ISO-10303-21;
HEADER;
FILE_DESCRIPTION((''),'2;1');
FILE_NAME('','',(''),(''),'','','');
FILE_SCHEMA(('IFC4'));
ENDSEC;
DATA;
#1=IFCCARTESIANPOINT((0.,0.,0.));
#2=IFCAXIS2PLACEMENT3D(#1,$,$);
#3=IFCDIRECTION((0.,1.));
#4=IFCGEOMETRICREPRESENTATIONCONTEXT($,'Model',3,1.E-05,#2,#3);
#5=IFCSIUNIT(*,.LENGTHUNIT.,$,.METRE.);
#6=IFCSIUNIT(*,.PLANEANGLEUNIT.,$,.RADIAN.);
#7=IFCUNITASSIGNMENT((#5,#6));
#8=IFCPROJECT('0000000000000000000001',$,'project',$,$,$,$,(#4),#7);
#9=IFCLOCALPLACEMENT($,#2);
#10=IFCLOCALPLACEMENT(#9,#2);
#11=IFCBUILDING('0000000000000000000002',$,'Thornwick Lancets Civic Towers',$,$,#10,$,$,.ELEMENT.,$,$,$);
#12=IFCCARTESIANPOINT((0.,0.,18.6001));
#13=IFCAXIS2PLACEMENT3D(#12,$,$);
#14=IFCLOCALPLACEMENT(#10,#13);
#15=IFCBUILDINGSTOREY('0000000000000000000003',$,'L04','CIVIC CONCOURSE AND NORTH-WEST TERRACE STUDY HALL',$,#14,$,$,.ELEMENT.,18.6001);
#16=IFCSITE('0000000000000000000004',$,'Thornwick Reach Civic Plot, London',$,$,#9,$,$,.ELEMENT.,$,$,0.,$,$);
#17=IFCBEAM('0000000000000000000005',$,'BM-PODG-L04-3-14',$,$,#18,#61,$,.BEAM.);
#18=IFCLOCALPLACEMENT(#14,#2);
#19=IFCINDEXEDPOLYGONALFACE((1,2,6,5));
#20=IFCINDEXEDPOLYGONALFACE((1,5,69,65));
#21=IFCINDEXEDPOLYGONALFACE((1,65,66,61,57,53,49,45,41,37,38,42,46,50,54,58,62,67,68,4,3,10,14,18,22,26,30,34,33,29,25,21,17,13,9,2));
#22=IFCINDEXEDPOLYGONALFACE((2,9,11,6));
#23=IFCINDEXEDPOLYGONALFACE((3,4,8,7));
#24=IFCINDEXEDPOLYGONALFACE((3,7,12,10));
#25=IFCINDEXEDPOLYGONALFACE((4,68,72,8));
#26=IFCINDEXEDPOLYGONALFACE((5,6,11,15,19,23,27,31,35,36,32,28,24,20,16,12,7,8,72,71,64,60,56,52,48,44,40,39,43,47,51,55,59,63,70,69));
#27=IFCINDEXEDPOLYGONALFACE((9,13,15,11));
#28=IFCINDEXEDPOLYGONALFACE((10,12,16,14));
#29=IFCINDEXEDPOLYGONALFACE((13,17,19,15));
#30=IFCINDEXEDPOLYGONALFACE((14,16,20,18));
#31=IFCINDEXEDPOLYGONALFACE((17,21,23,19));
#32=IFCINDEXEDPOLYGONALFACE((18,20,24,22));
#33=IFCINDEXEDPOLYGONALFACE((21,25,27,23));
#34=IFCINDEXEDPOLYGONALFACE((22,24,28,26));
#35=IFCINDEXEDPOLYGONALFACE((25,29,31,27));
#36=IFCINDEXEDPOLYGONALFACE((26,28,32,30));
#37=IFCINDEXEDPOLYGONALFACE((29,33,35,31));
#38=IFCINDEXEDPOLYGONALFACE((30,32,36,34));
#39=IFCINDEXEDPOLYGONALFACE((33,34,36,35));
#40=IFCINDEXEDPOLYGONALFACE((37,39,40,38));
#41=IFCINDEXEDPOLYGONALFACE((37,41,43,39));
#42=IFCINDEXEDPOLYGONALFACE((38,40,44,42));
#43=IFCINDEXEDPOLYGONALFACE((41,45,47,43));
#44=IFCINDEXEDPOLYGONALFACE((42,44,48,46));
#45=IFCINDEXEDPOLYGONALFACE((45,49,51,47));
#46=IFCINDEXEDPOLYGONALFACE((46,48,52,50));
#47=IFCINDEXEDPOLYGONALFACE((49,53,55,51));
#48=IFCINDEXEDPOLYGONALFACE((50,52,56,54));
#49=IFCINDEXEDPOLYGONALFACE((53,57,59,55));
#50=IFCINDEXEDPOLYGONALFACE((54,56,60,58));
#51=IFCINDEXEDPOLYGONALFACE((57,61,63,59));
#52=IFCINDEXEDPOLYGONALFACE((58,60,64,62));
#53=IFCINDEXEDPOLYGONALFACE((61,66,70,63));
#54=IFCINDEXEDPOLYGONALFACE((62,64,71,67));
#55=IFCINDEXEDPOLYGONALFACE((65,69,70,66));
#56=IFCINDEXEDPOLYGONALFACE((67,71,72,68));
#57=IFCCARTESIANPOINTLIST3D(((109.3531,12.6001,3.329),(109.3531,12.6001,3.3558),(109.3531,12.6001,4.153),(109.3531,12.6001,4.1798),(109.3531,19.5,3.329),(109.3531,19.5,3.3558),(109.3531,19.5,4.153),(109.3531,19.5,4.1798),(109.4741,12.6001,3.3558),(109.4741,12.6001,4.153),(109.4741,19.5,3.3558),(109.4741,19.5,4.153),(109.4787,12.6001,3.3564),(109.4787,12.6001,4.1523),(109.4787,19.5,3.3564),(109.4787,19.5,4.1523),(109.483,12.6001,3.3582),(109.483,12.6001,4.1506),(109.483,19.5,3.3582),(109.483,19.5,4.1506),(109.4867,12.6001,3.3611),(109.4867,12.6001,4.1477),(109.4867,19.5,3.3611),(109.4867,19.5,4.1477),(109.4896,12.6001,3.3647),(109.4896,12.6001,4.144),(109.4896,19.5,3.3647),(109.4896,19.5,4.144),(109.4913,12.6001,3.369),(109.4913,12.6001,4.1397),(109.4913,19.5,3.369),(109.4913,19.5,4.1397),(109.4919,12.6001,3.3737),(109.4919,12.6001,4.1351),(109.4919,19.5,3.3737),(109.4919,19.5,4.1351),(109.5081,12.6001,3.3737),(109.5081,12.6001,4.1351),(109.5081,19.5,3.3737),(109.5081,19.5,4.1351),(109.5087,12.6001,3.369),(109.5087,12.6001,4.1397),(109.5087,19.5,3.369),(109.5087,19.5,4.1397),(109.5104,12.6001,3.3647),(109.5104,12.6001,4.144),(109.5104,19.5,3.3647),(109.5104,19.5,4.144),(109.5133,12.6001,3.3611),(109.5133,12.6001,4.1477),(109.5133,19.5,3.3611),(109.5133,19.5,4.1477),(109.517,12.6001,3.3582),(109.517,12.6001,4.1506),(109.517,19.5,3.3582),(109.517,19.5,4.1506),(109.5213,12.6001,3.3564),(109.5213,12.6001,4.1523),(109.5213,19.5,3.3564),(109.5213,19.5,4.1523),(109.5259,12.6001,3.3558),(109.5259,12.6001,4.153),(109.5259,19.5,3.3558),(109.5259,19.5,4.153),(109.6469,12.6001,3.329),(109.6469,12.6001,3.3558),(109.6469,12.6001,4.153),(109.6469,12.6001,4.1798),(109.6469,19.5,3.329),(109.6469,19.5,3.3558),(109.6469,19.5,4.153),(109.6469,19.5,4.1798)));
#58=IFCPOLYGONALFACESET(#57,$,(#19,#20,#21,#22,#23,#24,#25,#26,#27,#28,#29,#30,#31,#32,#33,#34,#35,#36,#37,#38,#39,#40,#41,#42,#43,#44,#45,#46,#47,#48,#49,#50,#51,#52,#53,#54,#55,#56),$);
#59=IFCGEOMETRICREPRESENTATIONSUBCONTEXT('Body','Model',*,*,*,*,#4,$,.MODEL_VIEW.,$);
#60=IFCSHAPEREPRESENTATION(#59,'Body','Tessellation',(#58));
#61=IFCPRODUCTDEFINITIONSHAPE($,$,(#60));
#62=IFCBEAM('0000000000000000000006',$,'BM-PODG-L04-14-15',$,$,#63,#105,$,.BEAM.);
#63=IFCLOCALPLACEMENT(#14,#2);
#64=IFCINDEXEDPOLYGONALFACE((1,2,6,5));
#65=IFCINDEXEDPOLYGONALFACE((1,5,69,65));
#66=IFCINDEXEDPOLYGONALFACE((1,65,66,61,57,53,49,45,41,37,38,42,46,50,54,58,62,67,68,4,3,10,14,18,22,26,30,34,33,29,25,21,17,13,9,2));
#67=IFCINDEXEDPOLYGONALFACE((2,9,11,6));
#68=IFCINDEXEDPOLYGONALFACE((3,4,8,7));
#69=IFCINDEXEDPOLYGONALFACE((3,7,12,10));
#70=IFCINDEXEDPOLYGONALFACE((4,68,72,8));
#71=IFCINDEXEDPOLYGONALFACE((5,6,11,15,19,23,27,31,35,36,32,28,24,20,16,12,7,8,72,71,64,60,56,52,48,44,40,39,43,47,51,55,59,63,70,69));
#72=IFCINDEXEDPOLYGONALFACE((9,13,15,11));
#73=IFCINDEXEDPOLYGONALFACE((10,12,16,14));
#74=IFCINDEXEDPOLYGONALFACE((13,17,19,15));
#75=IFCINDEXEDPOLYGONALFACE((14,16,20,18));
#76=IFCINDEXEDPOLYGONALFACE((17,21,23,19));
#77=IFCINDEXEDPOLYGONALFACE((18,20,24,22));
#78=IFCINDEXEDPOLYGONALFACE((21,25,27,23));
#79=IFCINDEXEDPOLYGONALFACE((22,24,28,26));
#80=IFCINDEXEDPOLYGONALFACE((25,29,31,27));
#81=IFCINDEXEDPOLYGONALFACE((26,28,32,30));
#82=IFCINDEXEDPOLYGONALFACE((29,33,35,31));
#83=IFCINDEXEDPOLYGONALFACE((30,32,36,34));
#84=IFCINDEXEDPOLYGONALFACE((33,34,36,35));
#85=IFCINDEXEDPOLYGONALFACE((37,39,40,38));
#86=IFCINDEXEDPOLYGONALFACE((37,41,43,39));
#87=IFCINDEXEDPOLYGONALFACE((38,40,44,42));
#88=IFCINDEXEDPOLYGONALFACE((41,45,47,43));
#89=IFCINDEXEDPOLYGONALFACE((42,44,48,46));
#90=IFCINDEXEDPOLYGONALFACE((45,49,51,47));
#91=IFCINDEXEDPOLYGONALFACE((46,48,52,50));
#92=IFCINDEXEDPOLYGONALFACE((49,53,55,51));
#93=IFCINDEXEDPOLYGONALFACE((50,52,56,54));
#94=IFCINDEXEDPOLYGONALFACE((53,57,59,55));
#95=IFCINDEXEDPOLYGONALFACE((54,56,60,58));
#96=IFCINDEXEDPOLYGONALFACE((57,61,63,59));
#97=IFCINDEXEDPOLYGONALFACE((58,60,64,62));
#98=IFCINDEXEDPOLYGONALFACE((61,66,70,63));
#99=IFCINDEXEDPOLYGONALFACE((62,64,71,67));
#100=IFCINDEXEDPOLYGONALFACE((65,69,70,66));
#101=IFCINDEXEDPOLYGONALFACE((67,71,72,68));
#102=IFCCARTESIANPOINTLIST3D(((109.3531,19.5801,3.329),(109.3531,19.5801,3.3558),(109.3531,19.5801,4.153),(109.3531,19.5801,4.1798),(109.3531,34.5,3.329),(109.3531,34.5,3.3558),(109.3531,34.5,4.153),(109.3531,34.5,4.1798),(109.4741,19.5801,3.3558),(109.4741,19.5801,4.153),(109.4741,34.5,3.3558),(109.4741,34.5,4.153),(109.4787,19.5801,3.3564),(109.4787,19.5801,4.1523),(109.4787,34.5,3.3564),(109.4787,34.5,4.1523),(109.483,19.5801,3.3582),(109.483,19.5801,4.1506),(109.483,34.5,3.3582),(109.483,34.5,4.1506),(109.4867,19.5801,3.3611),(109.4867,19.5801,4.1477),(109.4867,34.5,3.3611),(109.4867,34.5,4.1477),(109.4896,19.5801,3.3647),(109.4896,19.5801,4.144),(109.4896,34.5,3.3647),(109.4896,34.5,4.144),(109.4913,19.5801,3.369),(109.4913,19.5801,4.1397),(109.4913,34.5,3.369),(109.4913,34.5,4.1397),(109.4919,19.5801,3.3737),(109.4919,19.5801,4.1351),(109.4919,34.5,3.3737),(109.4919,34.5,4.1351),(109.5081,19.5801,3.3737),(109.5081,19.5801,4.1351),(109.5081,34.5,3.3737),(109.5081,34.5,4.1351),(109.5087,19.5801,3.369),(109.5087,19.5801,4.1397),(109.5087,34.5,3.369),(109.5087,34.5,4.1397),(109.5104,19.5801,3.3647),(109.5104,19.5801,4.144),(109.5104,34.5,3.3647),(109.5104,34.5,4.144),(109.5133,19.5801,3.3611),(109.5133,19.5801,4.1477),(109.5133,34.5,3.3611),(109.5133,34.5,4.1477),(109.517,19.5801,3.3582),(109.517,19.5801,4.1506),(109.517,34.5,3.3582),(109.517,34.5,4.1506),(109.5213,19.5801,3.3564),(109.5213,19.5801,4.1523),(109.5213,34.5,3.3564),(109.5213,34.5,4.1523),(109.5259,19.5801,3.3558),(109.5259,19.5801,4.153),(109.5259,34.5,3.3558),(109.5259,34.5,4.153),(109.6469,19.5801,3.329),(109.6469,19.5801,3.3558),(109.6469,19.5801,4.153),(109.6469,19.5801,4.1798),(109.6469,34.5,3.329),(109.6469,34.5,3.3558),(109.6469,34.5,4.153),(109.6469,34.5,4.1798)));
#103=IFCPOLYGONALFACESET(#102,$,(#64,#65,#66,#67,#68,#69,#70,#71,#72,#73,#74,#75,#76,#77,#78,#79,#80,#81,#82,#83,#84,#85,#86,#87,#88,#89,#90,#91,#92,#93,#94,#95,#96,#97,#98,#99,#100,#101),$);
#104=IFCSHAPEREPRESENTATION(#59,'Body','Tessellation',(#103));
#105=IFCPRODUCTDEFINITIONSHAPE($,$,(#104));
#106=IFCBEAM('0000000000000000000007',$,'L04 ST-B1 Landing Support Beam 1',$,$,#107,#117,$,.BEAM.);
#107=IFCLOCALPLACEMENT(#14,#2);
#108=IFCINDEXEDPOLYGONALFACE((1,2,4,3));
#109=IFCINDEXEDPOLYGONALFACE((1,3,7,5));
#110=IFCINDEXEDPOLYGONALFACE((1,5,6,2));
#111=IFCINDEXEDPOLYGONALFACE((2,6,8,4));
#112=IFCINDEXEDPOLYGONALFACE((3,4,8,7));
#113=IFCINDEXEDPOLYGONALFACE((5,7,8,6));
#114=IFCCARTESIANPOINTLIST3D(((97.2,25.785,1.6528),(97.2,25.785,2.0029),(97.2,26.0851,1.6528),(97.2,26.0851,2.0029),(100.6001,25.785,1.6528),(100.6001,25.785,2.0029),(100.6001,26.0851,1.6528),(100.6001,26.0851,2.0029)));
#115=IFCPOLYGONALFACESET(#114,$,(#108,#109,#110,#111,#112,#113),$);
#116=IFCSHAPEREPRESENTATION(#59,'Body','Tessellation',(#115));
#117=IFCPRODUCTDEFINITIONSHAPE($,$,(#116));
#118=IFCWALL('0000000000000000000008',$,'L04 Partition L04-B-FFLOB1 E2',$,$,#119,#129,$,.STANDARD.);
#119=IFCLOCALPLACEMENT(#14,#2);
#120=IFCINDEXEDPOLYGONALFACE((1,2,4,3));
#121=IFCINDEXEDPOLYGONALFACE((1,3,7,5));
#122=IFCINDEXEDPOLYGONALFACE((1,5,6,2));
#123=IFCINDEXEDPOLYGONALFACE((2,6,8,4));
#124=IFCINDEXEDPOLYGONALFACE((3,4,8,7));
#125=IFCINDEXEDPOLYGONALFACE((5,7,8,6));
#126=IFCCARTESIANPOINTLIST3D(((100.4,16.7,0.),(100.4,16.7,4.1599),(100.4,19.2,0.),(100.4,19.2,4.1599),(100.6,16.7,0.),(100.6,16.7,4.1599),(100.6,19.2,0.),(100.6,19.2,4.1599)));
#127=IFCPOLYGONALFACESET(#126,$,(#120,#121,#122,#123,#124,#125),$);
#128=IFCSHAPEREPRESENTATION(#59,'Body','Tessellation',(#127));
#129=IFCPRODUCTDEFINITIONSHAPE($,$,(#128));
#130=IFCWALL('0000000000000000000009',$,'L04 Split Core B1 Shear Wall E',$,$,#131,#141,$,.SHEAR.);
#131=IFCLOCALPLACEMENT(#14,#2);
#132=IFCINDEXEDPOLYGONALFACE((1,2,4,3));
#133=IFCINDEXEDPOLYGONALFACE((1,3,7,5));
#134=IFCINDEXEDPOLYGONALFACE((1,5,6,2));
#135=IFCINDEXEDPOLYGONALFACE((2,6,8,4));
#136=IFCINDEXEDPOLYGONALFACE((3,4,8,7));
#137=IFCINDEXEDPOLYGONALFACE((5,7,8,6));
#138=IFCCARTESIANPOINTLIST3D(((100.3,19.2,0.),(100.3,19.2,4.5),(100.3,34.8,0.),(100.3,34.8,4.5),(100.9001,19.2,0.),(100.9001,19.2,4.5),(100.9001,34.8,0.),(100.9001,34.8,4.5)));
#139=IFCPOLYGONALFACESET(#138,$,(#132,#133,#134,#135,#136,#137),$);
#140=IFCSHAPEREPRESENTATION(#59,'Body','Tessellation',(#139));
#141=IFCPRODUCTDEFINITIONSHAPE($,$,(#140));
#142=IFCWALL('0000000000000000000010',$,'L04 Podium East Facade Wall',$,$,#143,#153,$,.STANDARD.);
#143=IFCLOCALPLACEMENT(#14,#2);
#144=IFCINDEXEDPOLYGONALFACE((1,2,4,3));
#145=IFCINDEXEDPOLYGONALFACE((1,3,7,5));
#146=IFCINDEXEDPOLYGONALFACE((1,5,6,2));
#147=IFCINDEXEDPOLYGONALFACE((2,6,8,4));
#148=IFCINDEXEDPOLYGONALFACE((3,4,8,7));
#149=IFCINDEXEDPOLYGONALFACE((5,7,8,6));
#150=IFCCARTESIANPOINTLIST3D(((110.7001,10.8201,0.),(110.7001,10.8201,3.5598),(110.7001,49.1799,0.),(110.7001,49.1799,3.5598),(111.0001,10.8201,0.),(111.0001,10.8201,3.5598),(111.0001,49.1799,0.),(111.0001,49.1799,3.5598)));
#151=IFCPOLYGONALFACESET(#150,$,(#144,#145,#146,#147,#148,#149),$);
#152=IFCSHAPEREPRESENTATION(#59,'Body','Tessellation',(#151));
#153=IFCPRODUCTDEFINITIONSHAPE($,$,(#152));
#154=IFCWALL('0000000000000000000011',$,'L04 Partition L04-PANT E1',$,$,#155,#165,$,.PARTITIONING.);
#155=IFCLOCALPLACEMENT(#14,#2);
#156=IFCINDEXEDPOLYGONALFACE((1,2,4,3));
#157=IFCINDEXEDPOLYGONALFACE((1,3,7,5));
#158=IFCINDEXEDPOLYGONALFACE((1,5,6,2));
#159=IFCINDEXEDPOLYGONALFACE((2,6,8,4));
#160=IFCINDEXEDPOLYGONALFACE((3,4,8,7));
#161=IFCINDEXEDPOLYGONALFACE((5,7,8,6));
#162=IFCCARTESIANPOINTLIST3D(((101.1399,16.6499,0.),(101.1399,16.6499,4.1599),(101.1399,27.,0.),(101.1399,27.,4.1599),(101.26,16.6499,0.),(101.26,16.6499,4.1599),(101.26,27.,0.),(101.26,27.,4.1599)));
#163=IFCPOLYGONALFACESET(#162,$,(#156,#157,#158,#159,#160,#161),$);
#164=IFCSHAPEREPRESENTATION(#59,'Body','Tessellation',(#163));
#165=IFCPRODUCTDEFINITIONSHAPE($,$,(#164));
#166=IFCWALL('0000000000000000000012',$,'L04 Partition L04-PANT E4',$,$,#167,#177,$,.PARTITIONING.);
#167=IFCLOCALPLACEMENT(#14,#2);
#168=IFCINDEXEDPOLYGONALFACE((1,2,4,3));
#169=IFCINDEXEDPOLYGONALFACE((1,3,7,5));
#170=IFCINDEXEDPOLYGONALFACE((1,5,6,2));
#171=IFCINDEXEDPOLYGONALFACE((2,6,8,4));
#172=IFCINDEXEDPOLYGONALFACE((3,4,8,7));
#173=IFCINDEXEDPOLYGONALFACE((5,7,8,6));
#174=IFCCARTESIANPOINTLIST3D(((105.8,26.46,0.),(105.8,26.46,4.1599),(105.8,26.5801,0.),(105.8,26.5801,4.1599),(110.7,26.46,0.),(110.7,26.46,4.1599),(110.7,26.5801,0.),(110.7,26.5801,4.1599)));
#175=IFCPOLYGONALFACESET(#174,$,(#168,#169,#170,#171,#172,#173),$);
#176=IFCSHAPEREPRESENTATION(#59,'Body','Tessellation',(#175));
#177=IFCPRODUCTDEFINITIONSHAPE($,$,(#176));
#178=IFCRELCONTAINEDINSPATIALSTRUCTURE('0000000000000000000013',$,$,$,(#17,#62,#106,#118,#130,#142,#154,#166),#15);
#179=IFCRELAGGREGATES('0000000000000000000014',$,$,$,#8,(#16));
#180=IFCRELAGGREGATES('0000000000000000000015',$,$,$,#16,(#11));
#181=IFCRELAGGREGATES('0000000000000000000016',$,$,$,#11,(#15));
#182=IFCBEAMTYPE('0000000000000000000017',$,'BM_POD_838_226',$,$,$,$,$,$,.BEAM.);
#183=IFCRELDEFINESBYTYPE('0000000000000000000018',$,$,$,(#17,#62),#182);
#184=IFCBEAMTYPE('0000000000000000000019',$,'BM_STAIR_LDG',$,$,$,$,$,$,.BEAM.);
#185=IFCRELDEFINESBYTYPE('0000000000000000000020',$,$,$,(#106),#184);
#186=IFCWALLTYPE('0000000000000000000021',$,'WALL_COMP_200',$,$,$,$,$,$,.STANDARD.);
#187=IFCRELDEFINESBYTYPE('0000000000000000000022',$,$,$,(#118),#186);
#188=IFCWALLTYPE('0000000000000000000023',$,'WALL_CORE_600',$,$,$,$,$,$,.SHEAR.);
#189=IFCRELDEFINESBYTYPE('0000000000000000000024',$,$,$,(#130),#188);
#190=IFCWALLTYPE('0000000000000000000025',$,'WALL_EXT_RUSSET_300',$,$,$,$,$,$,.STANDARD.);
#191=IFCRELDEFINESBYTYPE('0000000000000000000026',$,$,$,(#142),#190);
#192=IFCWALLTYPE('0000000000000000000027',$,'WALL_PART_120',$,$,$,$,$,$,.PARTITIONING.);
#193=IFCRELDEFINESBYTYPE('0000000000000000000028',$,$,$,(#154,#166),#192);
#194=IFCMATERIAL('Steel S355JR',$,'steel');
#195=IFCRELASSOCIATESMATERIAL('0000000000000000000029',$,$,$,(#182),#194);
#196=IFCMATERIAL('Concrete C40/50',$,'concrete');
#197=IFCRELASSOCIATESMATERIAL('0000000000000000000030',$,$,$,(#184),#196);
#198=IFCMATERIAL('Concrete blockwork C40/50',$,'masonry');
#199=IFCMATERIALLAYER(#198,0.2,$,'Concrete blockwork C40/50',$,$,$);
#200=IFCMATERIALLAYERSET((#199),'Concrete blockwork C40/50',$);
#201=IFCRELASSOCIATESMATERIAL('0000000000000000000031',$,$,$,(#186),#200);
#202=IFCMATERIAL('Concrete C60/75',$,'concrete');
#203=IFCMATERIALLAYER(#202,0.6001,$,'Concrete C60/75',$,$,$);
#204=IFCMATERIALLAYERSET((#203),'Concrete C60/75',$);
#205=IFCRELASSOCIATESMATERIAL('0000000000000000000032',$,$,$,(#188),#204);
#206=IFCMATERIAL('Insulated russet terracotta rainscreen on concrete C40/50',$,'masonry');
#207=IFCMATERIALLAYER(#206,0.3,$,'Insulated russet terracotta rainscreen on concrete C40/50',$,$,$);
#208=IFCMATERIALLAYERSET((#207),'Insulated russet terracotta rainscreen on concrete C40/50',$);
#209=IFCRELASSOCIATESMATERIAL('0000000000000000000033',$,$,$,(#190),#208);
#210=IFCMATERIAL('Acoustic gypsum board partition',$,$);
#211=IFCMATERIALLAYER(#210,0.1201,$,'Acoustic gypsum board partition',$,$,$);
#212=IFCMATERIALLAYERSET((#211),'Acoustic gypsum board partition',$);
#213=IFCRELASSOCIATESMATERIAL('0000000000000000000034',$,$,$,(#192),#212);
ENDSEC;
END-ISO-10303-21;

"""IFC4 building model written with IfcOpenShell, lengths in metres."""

from ifc_helpers import new_model, si_unit, direction, frame, frame_2d, origin, origin_2d, place, context, subcontext, project, spatial, rectangle, i_section, extrude, material, layer, layer_set, material_profile, profile_set, type_object, element, save


model = new_model("IFC4")

# Units and contexts
model_context = context("Model", 3, precision=1e-05, world=origin(), true_north=direction((0.0, 1.0)))
body_context = subcontext(model_context, "Body", "Model", "MODEL_VIEW")
ifc_project = project(units=[si_unit("LENGTHUNIT", "METRE"), si_unit("PLANEANGLEUNIT", "RADIAN")], contexts=[model_context])

# Site, building, storey
site_placement = place(None, origin())
site = spatial("IfcSite", under=ifc_project, at=site_placement, Name="Thornwick Reach Civic Plot, London", CompositionType="ELEMENT", RefElevation=0.0)
building_placement = place(site_placement, origin())
building = spatial("IfcBuilding", under=site, at=building_placement, Name="Thornwick Lancets Civic Towers", CompositionType="ELEMENT")
storey_placement = place(building_placement, frame((0.0, 0.0, 18.6001)))
storey = spatial("IfcBuildingStorey", under=building, at=storey_placement, Name="L04", Description="CIVIC CONCOURSE AND NORTH-WEST TERRACE STUDY HALL", CompositionType="ELEMENT", Elevation=18.6001)

# Shared definitions
ifc_material_1 = material(Name="Concrete C60/75", Category="concrete")
ifc_material_2 = material(Name="Concrete C40/50", Category="concrete")

# Beams
ifc_material_3 = material(Name="Steel S355JR", Category="steel")
ifc_material_profile_1 = material_profile(ifc_material_3, i_section(OverallWidth=0.2937, OverallDepth=0.8508, WebThickness=0.0161, FlangeThickness=0.0269, FilletRadius=0.0178, at=origin_2d()), Name="UKB 838x292x226")
ifc_profile_set_1 = profile_set([ifc_material_profile_1], Name="Steel S355JR")
beam_type_1 = type_object("IfcBeamType", Name="BM_POD_838_226", PredefinedType="BEAM", material=ifc_profile_set_1)
beam_1_placement = place(storey_placement, frame((109.5, 12.6001, 3.7544), z_axis=(0.0, 1.0, 0.0), x_axis=(-1.0, 0.0, 0.0)))
element("IfcBeam", 1, at=beam_1_placement, inside=storey, type_object=beam_type_1, Name="BM-PODG-L04-3-14", PredefinedType="BEAM", context=body_context, shape_type="SweptSolid", body=[
    extrude(i_section(OverallWidth=0.2937, OverallDepth=0.8508, WebThickness=0.0161, FlangeThickness=0.0269, FilletRadius=0.0178, at=origin_2d()), origin(), (0.0, 0.0, 1.0), 6.8999),
])
beam_2_placement = place(storey_placement, frame((109.5, 19.5801, 3.7544), z_axis=(0.0, 1.0, 0.0), x_axis=(-1.0, 0.0, 0.0)))
element("IfcBeam", 2, at=beam_2_placement, inside=storey, type_object=beam_type_1, Name="BM-PODG-L04-14-15", PredefinedType="BEAM", context=body_context, shape_type="SweptSolid", body=[
    extrude(i_section(OverallWidth=0.2937, OverallDepth=0.8508, WebThickness=0.0161, FlangeThickness=0.0269, FilletRadius=0.0178, at=origin_2d()), origin(), (0.0, 0.0, 1.0), 14.9199),
])
ifc_material_profile_2 = material_profile(ifc_material_2, rectangle(XDim=0.3, YDim=0.3501, at=origin_2d()), Name="RC 300x350")
ifc_profile_set_2 = profile_set([ifc_material_profile_2], Name="Concrete C40/50")
beam_type_2 = type_object("IfcBeamType", Name="BM_STAIR_LDG", PredefinedType="BEAM", material=ifc_profile_set_2)
beam_3_placement = place(storey_placement, frame((100.6001, 25.9351, 1.8279), z_axis=(-1.0, 0.0, 0.0), x_axis=(0.0, -1.0, 0.0)))
element("IfcBeam", 3, at=beam_3_placement, inside=storey, type_object=beam_type_2, Name="L04 ST-B1 Landing Support Beam 1", PredefinedType="BEAM", context=body_context, shape_type="SweptSolid", body=[
    extrude(rectangle(XDim=0.3, YDim=0.3501, at=origin_2d()), origin(), (0.0, 0.0, 1.0), 3.4001),
])

# Walls
ifc_material_4 = material(Name="Concrete blockwork C40/50", Category="masonry")
ifc_layer_1 = layer(ifc_material_4, 0.2, Name="Concrete blockwork C40/50")
ifc_layer_set_1 = layer_set([ifc_layer_1], Name="Concrete blockwork C40/50")
wall_type_1 = type_object("IfcWallType", Name="WALL_COMP_200", PredefinedType="STANDARD", material=ifc_layer_set_1)
wall_1_placement = place(storey_placement, frame((100.5, 16.7, 0.0), z_axis=(0.0, 0.0, 1.0), x_axis=(0.0, 1.0, 0.0)))
element("IfcWall", 4, at=wall_1_placement, inside=storey, type_object=wall_type_1, Name="L04 Partition L04-B-FFLOB1 E2", PredefinedType="STANDARD", context=body_context, shape_type="SweptSolid", body=[
    extrude(rectangle(XDim=2.5, YDim=0.2, at=frame_2d((1.25, 0.0))), origin(), (0.0, 0.0, 1.0), 4.1599),
])
ifc_layer_2 = layer(ifc_material_1, 0.6001, Name="Concrete C60/75")
ifc_layer_set_2 = layer_set([ifc_layer_2], Name="Concrete C60/75")
wall_type_2 = type_object("IfcWallType", Name="WALL_CORE_600", PredefinedType="SHEAR", material=ifc_layer_set_2)
wall_2_placement = place(storey_placement, frame((100.6001, 19.2, 0.0), z_axis=(0.0, 0.0, 1.0), x_axis=(0.0, 1.0, 0.0)))
element("IfcWall", 5, at=wall_2_placement, inside=storey, type_object=wall_type_2, Name="L04 Split Core B1 Shear Wall E", PredefinedType="SHEAR", context=body_context, shape_type="SweptSolid", body=[
    extrude(rectangle(XDim=15.6001, YDim=0.6001, at=frame_2d((7.8, 0.0))), origin(), (0.0, 0.0, 1.0), 4.5),
])
ifc_material_5 = material(Name="Insulated russet terracotta rainscreen on concrete C40/50", Category="masonry")
ifc_layer_3 = layer(ifc_material_5, 0.3, Name="Insulated russet terracotta rainscreen on concrete C40/50")
ifc_layer_set_3 = layer_set([ifc_layer_3], Name="Insulated russet terracotta rainscreen on concrete C40/50")
wall_type_3 = type_object("IfcWallType", Name="WALL_EXT_RUSSET_300", PredefinedType="STANDARD", material=ifc_layer_set_3)
wall_3_placement = place(storey_placement, frame((110.8501, 10.8201, 0.0), z_axis=(0.0, 0.0, 1.0), x_axis=(0.0, 1.0, 0.0)))
element("IfcWall", 6, at=wall_3_placement, inside=storey, type_object=wall_type_3, Name="L04 Podium East Facade Wall", PredefinedType="STANDARD", context=body_context, shape_type="SweptSolid", body=[
    extrude(rectangle(XDim=38.3599, YDim=0.3, at=frame_2d((19.1799, 0.0))), origin(), (0.0, 0.0, 1.0), 3.5598),
])
ifc_material_6 = material(Name="Acoustic gypsum board partition")
ifc_layer_4 = layer(ifc_material_6, 0.1201, Name="Acoustic gypsum board partition")
ifc_layer_set_4 = layer_set([ifc_layer_4], Name="Acoustic gypsum board partition")
wall_type_4 = type_object("IfcWallType", Name="WALL_PART_120", PredefinedType="PARTITIONING", material=ifc_layer_set_4)
wall_4_placement = place(storey_placement, frame((101.2, 16.6499, 0.0), z_axis=(0.0, 0.0, 1.0), x_axis=(0.0, 1.0, 0.0)))
element("IfcWall", 7, at=wall_4_placement, inside=storey, type_object=wall_type_4, Name="L04 Partition L04-PANT E1", PredefinedType="PARTITIONING", context=body_context, shape_type="SweptSolid", body=[
    extrude(rectangle(XDim=10.3501, YDim=0.1201, at=frame_2d((5.175, 0.0))), origin(), (0.0, 0.0, 1.0), 4.1599),
])
wall_5_placement = place(storey_placement, frame((105.8, 26.52, 0.0), z_axis=(0.0, 0.0, 1.0), x_axis=(1.0, 0.0, 0.0)))
element("IfcWall", 8, at=wall_5_placement, inside=storey, type_object=wall_type_4, Name="L04 Partition L04-PANT E4", PredefinedType="PARTITIONING", context=body_context, shape_type="SweptSolid", body=[
    extrude(rectangle(XDim=4.8999, YDim=0.1201, at=frame_2d((2.45, 0.0))), origin(), (0.0, 0.0, 1.0), 4.1599),
])

save(model, "model.ifc")
